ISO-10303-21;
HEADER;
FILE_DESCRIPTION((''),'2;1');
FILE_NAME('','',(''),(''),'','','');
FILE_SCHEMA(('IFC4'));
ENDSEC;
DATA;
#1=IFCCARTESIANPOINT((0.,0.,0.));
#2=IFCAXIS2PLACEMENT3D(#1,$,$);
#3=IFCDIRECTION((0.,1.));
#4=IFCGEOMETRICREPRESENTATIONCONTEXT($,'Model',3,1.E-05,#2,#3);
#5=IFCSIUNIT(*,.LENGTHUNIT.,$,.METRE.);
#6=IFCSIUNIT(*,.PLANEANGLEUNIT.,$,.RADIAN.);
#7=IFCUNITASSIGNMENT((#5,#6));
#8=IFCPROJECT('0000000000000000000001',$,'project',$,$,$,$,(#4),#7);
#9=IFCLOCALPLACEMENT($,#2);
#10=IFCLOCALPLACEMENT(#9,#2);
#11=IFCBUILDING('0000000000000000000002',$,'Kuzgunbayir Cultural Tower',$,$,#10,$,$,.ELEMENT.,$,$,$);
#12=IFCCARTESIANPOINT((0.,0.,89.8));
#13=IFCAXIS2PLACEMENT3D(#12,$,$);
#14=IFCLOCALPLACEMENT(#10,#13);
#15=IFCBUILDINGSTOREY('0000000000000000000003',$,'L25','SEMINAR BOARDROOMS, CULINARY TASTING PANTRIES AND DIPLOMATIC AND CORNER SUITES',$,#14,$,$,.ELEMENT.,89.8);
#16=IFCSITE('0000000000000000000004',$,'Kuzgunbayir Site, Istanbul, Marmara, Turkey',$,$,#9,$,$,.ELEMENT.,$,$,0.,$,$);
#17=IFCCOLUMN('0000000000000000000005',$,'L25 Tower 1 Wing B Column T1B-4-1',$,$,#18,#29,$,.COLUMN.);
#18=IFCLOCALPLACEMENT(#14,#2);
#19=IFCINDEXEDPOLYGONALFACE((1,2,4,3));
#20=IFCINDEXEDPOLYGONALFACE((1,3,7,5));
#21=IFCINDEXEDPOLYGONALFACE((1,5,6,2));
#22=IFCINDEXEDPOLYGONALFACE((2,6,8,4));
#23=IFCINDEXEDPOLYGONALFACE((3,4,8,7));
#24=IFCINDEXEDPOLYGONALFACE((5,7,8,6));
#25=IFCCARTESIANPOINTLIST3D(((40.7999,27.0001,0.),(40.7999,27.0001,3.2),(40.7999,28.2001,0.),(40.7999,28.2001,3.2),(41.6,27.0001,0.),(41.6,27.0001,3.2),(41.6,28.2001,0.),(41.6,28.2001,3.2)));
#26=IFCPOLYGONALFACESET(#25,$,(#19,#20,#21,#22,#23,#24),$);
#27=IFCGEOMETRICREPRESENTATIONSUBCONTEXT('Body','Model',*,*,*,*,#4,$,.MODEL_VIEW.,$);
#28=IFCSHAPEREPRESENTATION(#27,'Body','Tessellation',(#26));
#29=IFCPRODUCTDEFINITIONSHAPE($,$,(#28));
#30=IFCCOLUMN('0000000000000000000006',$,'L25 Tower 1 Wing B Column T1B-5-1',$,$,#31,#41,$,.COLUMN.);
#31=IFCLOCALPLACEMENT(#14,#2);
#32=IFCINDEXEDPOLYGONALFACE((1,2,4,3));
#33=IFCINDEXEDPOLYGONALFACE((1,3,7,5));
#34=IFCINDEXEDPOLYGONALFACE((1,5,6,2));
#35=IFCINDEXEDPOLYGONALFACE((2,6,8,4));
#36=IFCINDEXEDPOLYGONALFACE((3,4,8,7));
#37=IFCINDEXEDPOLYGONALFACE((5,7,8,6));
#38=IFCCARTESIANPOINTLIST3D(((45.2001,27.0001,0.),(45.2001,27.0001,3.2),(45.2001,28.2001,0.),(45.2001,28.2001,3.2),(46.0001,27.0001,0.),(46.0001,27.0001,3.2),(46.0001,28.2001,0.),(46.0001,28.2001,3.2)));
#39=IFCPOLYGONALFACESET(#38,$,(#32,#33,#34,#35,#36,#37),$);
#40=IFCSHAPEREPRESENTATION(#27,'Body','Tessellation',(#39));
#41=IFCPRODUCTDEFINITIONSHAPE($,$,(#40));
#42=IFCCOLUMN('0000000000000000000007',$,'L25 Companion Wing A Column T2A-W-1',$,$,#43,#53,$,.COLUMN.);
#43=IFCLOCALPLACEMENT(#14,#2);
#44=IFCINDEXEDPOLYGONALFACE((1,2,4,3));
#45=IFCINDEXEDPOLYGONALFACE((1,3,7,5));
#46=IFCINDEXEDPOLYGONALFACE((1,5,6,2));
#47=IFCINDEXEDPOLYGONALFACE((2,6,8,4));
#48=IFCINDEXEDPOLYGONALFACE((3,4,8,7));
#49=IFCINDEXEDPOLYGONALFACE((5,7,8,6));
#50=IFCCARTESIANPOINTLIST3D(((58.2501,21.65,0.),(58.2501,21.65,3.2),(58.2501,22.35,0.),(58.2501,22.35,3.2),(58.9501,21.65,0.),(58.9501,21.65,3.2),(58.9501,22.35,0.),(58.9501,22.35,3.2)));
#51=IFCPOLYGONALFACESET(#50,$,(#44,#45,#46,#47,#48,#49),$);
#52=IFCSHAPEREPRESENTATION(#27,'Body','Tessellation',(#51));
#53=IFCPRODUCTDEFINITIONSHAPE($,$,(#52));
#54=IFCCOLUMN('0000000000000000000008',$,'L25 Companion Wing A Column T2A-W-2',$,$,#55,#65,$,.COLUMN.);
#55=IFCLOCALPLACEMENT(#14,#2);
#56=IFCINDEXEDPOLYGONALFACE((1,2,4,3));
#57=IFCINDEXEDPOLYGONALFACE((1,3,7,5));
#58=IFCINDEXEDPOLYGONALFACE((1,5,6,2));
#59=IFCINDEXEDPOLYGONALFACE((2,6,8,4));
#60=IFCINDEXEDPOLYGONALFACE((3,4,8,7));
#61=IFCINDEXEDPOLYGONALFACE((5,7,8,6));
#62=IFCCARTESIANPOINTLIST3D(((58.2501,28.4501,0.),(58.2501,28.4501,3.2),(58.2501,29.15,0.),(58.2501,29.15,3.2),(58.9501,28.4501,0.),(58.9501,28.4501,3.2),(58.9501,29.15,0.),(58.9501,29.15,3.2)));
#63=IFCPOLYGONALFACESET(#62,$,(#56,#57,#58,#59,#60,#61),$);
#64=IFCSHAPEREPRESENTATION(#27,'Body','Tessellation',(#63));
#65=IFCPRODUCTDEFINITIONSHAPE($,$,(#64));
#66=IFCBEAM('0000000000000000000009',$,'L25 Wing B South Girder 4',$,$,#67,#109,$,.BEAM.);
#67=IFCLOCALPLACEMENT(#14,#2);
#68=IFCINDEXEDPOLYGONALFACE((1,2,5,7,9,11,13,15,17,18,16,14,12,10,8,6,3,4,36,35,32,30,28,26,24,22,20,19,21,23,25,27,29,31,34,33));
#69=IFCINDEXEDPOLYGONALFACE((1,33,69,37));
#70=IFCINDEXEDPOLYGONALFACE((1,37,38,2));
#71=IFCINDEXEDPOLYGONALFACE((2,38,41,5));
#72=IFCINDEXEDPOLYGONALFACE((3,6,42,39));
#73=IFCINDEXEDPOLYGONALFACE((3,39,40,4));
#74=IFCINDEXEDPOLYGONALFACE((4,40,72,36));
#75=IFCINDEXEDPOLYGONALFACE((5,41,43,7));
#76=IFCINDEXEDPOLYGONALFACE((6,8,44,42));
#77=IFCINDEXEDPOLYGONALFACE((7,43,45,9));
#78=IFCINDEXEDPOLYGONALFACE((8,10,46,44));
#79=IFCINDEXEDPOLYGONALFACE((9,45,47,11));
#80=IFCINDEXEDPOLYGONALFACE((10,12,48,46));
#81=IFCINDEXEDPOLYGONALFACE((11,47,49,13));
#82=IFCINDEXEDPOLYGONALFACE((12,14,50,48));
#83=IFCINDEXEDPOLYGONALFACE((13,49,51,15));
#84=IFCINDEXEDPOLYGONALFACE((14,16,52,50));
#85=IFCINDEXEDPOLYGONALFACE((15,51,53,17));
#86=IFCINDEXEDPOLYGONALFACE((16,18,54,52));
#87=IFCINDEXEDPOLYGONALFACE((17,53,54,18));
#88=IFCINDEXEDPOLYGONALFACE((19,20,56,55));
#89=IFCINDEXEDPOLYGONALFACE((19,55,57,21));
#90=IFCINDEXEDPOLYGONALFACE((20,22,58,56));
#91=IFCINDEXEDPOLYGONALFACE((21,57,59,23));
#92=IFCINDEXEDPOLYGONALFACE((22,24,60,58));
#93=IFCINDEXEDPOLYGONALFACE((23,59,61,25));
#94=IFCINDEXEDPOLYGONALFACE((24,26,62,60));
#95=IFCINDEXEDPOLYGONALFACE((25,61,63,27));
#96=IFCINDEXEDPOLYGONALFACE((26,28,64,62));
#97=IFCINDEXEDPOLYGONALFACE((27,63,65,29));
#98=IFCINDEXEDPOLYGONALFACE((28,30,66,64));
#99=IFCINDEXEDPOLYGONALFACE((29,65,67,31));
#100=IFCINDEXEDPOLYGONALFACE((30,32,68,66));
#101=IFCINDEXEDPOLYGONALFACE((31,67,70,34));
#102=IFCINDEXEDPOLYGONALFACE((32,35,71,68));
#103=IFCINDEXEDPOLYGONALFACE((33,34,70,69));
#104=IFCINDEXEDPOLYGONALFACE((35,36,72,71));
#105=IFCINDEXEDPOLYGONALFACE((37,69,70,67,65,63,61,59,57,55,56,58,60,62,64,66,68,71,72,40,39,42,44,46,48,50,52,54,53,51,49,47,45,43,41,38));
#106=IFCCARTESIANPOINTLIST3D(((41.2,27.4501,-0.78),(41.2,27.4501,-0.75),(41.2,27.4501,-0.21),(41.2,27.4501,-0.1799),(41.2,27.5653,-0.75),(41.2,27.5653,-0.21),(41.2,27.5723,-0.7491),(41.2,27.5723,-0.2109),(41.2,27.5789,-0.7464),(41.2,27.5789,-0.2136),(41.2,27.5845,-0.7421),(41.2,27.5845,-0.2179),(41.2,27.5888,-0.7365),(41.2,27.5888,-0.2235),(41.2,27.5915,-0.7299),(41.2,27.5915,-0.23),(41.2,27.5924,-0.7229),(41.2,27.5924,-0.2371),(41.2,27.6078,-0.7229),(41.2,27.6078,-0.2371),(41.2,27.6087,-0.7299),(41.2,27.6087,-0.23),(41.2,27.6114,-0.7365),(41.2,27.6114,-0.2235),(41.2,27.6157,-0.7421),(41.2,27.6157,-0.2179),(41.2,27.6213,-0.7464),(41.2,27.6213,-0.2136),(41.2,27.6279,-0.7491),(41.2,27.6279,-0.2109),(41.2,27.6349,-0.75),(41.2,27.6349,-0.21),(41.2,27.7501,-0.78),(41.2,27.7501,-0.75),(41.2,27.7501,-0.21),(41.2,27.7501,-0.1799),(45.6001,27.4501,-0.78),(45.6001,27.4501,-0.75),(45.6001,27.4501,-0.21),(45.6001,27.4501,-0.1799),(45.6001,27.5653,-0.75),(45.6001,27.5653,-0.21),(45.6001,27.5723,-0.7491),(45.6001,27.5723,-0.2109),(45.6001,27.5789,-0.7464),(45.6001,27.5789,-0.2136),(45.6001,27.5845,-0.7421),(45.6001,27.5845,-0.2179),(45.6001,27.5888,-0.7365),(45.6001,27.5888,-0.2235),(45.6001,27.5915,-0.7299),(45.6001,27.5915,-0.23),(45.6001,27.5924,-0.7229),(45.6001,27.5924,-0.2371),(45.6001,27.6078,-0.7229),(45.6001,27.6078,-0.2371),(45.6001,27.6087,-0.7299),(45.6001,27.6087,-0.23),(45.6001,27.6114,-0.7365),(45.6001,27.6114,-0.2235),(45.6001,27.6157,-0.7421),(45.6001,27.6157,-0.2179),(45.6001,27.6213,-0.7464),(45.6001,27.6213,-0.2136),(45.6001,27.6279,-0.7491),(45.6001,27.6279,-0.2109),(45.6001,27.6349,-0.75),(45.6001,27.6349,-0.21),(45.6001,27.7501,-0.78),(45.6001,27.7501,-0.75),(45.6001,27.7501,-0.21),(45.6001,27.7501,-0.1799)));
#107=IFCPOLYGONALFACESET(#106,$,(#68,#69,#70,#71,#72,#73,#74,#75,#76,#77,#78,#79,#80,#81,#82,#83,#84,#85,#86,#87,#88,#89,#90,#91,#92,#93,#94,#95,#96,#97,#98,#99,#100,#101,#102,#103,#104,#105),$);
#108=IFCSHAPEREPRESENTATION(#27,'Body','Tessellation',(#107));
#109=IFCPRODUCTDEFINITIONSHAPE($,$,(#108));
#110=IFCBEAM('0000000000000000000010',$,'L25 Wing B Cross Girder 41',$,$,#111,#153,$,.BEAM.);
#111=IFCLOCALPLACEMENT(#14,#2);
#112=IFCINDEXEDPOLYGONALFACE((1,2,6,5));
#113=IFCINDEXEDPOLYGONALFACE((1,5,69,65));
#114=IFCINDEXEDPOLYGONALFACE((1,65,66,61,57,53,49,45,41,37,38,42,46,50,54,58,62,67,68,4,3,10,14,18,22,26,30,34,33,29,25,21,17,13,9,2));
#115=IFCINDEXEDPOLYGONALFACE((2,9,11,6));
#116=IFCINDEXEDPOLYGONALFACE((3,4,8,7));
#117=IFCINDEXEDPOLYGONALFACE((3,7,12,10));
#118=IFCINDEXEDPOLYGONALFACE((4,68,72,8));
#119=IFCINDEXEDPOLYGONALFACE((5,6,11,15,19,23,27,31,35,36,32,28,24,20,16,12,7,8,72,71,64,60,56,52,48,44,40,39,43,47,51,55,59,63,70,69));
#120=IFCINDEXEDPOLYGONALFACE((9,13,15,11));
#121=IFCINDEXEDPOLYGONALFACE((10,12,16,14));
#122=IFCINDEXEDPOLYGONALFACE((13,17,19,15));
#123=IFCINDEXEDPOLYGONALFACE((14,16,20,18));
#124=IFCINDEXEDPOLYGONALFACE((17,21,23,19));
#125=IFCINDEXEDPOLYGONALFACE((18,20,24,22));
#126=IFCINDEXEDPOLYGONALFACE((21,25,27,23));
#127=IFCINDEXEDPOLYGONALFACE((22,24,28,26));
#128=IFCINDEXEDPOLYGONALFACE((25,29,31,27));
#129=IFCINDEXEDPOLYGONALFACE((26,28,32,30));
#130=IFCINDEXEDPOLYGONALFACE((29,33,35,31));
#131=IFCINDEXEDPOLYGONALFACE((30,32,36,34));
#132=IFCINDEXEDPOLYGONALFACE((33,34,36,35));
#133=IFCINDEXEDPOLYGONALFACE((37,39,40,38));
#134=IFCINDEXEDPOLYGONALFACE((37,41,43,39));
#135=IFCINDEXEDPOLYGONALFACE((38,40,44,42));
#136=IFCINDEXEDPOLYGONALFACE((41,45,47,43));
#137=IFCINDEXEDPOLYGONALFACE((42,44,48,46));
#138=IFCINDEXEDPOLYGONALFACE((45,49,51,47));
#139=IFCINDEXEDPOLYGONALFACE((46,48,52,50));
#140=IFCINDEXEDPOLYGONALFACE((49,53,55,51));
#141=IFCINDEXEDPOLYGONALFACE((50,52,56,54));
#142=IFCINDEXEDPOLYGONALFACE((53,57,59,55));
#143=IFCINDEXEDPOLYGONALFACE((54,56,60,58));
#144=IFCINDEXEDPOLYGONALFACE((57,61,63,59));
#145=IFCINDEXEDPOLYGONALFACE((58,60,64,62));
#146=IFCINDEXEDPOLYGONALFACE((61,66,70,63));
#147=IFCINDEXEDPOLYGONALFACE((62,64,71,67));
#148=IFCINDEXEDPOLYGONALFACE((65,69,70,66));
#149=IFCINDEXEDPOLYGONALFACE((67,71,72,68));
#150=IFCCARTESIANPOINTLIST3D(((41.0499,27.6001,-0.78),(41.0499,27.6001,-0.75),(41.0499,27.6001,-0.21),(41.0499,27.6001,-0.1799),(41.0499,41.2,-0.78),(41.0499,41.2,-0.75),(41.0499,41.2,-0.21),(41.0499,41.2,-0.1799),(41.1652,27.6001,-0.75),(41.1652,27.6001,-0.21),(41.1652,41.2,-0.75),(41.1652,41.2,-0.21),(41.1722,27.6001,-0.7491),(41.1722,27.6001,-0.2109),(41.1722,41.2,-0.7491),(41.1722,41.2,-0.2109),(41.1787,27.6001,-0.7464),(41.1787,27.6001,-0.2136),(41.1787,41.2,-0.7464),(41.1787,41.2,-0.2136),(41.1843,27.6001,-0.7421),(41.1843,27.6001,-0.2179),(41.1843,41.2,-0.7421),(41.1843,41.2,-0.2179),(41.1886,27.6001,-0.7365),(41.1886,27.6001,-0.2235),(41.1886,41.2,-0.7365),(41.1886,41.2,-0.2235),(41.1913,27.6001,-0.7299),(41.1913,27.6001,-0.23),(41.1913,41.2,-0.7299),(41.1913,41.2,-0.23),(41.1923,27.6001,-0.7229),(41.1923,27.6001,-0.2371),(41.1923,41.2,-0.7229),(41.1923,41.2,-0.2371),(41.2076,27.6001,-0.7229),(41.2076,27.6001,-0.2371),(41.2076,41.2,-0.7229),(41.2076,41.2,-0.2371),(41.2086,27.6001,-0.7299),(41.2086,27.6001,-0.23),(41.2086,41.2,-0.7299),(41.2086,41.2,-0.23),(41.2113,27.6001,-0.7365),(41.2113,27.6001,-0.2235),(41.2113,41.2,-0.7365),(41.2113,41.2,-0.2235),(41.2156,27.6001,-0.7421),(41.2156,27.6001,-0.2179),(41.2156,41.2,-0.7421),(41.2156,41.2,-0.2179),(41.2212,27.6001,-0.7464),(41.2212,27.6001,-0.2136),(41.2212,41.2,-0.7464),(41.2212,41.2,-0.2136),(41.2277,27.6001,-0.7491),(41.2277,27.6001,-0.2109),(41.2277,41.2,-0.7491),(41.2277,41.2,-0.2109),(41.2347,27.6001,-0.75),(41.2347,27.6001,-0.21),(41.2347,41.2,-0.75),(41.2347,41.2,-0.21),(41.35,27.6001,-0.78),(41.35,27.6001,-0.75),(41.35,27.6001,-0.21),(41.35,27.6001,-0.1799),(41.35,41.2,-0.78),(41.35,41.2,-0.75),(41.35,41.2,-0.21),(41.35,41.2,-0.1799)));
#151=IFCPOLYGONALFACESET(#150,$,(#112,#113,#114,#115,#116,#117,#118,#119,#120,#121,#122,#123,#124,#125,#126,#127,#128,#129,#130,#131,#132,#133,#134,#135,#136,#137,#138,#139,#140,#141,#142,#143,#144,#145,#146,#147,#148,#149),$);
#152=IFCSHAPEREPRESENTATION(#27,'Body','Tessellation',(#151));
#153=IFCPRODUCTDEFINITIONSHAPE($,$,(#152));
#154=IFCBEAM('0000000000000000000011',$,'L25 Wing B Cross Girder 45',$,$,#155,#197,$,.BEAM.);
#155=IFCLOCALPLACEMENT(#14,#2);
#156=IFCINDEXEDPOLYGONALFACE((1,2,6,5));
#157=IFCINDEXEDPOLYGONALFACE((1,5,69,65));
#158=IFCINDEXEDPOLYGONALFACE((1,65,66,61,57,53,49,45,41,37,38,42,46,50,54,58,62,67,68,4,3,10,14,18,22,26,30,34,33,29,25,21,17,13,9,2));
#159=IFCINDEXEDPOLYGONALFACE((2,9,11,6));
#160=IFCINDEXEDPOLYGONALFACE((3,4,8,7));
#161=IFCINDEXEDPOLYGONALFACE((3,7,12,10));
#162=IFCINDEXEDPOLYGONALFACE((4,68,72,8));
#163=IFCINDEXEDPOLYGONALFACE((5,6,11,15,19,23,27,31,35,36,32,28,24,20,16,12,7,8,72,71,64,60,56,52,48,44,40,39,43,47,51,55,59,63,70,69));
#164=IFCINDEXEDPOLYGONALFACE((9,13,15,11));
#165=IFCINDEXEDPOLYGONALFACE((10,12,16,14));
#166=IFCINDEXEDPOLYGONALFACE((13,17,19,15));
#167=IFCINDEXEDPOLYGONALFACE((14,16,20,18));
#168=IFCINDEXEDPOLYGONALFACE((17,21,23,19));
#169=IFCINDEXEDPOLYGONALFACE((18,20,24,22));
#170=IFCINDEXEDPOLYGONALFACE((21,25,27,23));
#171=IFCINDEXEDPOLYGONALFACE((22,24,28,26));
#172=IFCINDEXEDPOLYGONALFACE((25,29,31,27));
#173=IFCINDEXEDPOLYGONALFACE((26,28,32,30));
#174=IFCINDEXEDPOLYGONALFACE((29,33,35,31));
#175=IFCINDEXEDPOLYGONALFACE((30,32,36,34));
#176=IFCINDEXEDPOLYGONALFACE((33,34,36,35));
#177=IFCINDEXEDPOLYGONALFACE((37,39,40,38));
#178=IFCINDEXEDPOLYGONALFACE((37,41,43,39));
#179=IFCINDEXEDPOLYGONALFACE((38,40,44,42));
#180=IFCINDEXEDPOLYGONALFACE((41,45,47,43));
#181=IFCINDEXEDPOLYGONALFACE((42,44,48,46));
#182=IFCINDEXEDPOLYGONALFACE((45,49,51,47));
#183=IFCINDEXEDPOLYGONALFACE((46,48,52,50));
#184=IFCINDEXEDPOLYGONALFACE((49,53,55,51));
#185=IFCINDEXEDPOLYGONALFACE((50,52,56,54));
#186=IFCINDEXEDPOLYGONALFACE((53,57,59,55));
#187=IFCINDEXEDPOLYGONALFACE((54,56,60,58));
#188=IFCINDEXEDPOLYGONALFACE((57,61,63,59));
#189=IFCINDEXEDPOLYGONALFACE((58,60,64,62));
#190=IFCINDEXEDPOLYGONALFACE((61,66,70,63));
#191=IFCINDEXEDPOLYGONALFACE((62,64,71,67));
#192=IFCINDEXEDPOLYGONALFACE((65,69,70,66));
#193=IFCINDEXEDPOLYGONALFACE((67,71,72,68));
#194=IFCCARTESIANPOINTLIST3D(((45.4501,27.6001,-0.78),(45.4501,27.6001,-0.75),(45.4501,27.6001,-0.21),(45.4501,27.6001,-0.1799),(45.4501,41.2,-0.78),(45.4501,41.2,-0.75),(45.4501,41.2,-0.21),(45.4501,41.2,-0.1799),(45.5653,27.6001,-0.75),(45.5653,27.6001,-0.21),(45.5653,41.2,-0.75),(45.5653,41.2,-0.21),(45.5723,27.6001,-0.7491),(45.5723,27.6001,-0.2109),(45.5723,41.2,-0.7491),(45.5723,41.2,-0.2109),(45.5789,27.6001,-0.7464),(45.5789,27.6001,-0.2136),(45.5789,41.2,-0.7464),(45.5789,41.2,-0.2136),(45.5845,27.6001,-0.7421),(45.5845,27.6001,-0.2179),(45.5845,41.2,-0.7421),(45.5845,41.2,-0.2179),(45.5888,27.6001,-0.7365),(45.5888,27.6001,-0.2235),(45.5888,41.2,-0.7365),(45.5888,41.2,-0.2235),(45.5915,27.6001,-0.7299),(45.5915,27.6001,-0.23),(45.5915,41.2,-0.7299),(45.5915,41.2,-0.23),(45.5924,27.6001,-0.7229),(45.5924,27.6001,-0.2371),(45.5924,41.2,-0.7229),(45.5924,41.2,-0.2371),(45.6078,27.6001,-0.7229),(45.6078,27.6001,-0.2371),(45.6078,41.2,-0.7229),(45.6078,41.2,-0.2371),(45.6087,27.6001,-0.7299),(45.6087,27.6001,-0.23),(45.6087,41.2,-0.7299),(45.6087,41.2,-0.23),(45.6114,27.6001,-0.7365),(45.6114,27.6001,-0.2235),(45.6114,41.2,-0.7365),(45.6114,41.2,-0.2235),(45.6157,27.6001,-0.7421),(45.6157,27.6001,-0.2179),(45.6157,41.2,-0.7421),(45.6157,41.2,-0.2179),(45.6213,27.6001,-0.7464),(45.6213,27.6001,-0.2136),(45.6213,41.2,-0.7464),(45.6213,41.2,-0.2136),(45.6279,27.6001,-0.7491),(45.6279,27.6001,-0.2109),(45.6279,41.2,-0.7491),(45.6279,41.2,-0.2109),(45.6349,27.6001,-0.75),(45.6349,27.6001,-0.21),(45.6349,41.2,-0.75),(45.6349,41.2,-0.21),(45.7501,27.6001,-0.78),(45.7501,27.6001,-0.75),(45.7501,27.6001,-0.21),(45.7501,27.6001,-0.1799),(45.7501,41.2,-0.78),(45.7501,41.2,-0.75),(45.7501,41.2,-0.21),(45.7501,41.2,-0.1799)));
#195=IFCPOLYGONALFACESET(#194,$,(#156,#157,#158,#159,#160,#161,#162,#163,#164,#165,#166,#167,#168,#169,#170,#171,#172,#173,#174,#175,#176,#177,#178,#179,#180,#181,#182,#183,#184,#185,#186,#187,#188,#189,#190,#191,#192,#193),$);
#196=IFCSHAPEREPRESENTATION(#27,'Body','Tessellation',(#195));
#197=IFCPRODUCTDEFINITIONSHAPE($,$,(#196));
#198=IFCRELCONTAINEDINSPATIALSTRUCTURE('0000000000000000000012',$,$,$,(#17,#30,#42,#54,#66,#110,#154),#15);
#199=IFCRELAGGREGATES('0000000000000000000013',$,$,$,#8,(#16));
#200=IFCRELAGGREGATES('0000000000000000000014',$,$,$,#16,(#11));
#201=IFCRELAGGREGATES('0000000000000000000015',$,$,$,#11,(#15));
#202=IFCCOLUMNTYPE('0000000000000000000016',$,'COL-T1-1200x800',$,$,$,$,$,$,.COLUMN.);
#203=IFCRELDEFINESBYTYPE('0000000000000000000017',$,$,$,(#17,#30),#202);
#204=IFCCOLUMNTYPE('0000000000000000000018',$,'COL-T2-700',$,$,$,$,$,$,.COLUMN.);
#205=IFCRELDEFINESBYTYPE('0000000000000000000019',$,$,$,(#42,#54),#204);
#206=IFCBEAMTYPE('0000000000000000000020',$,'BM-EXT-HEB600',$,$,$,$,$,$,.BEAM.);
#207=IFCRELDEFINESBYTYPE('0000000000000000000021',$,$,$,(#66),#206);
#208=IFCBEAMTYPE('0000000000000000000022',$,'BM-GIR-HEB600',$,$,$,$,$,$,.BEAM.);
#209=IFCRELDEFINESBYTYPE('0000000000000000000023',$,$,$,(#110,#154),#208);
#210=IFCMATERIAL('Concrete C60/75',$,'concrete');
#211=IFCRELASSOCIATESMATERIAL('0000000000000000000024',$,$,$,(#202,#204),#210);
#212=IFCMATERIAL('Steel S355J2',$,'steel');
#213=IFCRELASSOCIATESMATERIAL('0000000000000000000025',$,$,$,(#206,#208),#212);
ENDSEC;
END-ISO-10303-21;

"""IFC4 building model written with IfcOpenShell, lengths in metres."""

from ifc_helpers import new_model, si_unit, direction, frame, origin, origin_2d, place, context, subcontext, project, spatial, rectangle, i_section, extrude, material, material_profile, profile_set, type_object, element, save


model = new_model("IFC4")

# Units and contexts
model_context = context("Model", 3, precision=1e-05, world=origin(), true_north=direction((0.0, 1.0)))
body_context = subcontext(model_context, "Body", "Model", "MODEL_VIEW")
ifc_project = project(units=[si_unit("LENGTHUNIT", "METRE"), si_unit("PLANEANGLEUNIT", "RADIAN")], contexts=[model_context])

# Site, building, storey
site_placement = place(None, origin())
site = spatial("IfcSite", under=ifc_project, at=site_placement, Name="Kuzgunbayir Site, Istanbul, Marmara, Turkey", CompositionType="ELEMENT", RefElevation=0.0)
building_placement = place(site_placement, origin())
building = spatial("IfcBuilding", under=site, at=building_placement, Name="Kuzgunbayir Cultural Tower", CompositionType="ELEMENT")
storey_placement = place(building_placement, frame((0.0, 0.0, 89.8)))
storey = spatial("IfcBuildingStorey", under=building, at=storey_placement, Name="L25", Description="SEMINAR BOARDROOMS, CULINARY TASTING PANTRIES AND DIPLOMATIC AND CORNER SUITES", CompositionType="ELEMENT", Elevation=89.8)

# Columns
ifc_material_1 = material(Name="Concrete C60/75", Category="concrete")
ifc_material_profile_1 = material_profile(ifc_material_1, rectangle(XDim=0.8, YDim=1.2, at=origin_2d()), Name="RC 1200x800")
ifc_profile_set_1 = profile_set([ifc_material_profile_1], Name="Concrete C60/75")
column_type_1 = type_object("IfcColumnType", Name="COL-T1-1200x800", PredefinedType="COLUMN", material=ifc_profile_set_1)
for number, where, z_axis, x_axis, name in (
    (1, (41.2, 27.6001, 0.0), (0.0, 0.0, 1.0), (1.0, 0.0, 0.0), "L25 Tower 1 Wing B Column T1B-4-1"),
    (2, (45.6001, 27.6001, 0.0), (0.0, 0.0, 1.0), (1.0, 0.0, 0.0), "L25 Tower 1 Wing B Column T1B-5-1"),
):
    element("IfcColumn", number, at=place(storey_placement, frame(where, z_axis=z_axis, x_axis=x_axis)), inside=storey, type_object=column_type_1, Name=name, PredefinedType="COLUMN", context=body_context, shape_type="SweptSolid", body=[
        extrude(rectangle(XDim=0.8, YDim=1.2, at=origin_2d()), origin(), (0.0, 0.0, 1.0), 3.2),
    ])
ifc_material_profile_2 = material_profile(ifc_material_1, rectangle(XDim=0.7, YDim=0.7, at=origin_2d()), Name="RC 700x700")
ifc_profile_set_2 = profile_set([ifc_material_profile_2], Name="Concrete C60/75")
column_type_2 = type_object("IfcColumnType", Name="COL-T2-700", PredefinedType="COLUMN", material=ifc_profile_set_2)
for number, where, z_axis, x_axis, name in (
    (3, (58.6001, 22.0, 0.0), (0.0, 0.0, 1.0), (1.0, 0.0, 0.0), "L25 Companion Wing A Column T2A-W-1"),
    (4, (58.6001, 28.8, 0.0), (0.0, 0.0, 1.0), (1.0, 0.0, 0.0), "L25 Companion Wing A Column T2A-W-2"),
):
    element("IfcColumn", number, at=place(storey_placement, frame(where, z_axis=z_axis, x_axis=x_axis)), inside=storey, type_object=column_type_2, Name=name, PredefinedType="COLUMN", context=body_context, shape_type="SweptSolid", body=[
        extrude(rectangle(XDim=0.7, YDim=0.7, at=origin_2d()), origin(), (0.0, 0.0, 1.0), 3.2),
    ])

# Beams
ifc_material_2 = material(Name="Steel S355J2", Category="steel")
ifc_material_profile_3 = material_profile(ifc_material_2, i_section(OverallWidth=0.3, OverallDepth=0.6001, WebThickness=0.0154, FlangeThickness=0.03, FilletRadius=0.0271, at=origin_2d()), Name="HEB 600")
ifc_profile_set_3 = profile_set([ifc_material_profile_3], Name="Steel S355J2")
beam_type_1 = type_object("IfcBeamType", Name="BM-EXT-HEB600", PredefinedType="BEAM", material=ifc_profile_set_3)
beam_1_placement = place(storey_placement, frame((41.2, 27.6001, -0.48), z_axis=(1.0, 0.0, 0.0), x_axis=(0.0, 1.0, 0.0)))
element("IfcBeam", 5, at=beam_1_placement, inside=storey, type_object=beam_type_1, Name="L25 Wing B South Girder 4", PredefinedType="BEAM", context=body_context, shape_type="SweptSolid", body=[
    extrude(i_section(OverallWidth=0.3, OverallDepth=0.6001, WebThickness=0.0154, FlangeThickness=0.03, FilletRadius=0.0271, at=origin_2d()), origin(), (0.0, 0.0, 1.0), 4.4001),
])
ifc_material_profile_4 = material_profile(ifc_material_2, i_section(OverallWidth=0.3, OverallDepth=0.6001, WebThickness=0.0154, FlangeThickness=0.03, FilletRadius=0.0271, at=origin_2d()), Name="HEB 600")
ifc_profile_set_4 = profile_set([ifc_material_profile_4], Name="Steel S355J2")
beam_type_2 = type_object("IfcBeamType", Name="BM-GIR-HEB600", PredefinedType="BEAM", material=ifc_profile_set_4)
for number, where, z_axis, x_axis, name in (
    (6, (41.2, 27.6001, -0.48), (0.0, 1.0, 0.0), (-1.0, 0.0, 0.0), "L25 Wing B Cross Girder 41"),
    (7, (45.6001, 27.6001, -0.48), (0.0, 1.0, 0.0), (-1.0, 0.0, 0.0), "L25 Wing B Cross Girder 45"),
):
    element("IfcBeam", number, at=place(storey_placement, frame(where, z_axis=z_axis, x_axis=x_axis)), inside=storey, type_object=beam_type_2, Name=name, PredefinedType="BEAM", context=body_context, shape_type="SweptSolid", body=[
        extrude(i_section(OverallWidth=0.3, OverallDepth=0.6001, WebThickness=0.0154, FlangeThickness=0.03, FilletRadius=0.0271, at=origin_2d()), origin(), (0.0, 0.0, 1.0), 13.5999),
    ])

save(model, "model.ifc")
